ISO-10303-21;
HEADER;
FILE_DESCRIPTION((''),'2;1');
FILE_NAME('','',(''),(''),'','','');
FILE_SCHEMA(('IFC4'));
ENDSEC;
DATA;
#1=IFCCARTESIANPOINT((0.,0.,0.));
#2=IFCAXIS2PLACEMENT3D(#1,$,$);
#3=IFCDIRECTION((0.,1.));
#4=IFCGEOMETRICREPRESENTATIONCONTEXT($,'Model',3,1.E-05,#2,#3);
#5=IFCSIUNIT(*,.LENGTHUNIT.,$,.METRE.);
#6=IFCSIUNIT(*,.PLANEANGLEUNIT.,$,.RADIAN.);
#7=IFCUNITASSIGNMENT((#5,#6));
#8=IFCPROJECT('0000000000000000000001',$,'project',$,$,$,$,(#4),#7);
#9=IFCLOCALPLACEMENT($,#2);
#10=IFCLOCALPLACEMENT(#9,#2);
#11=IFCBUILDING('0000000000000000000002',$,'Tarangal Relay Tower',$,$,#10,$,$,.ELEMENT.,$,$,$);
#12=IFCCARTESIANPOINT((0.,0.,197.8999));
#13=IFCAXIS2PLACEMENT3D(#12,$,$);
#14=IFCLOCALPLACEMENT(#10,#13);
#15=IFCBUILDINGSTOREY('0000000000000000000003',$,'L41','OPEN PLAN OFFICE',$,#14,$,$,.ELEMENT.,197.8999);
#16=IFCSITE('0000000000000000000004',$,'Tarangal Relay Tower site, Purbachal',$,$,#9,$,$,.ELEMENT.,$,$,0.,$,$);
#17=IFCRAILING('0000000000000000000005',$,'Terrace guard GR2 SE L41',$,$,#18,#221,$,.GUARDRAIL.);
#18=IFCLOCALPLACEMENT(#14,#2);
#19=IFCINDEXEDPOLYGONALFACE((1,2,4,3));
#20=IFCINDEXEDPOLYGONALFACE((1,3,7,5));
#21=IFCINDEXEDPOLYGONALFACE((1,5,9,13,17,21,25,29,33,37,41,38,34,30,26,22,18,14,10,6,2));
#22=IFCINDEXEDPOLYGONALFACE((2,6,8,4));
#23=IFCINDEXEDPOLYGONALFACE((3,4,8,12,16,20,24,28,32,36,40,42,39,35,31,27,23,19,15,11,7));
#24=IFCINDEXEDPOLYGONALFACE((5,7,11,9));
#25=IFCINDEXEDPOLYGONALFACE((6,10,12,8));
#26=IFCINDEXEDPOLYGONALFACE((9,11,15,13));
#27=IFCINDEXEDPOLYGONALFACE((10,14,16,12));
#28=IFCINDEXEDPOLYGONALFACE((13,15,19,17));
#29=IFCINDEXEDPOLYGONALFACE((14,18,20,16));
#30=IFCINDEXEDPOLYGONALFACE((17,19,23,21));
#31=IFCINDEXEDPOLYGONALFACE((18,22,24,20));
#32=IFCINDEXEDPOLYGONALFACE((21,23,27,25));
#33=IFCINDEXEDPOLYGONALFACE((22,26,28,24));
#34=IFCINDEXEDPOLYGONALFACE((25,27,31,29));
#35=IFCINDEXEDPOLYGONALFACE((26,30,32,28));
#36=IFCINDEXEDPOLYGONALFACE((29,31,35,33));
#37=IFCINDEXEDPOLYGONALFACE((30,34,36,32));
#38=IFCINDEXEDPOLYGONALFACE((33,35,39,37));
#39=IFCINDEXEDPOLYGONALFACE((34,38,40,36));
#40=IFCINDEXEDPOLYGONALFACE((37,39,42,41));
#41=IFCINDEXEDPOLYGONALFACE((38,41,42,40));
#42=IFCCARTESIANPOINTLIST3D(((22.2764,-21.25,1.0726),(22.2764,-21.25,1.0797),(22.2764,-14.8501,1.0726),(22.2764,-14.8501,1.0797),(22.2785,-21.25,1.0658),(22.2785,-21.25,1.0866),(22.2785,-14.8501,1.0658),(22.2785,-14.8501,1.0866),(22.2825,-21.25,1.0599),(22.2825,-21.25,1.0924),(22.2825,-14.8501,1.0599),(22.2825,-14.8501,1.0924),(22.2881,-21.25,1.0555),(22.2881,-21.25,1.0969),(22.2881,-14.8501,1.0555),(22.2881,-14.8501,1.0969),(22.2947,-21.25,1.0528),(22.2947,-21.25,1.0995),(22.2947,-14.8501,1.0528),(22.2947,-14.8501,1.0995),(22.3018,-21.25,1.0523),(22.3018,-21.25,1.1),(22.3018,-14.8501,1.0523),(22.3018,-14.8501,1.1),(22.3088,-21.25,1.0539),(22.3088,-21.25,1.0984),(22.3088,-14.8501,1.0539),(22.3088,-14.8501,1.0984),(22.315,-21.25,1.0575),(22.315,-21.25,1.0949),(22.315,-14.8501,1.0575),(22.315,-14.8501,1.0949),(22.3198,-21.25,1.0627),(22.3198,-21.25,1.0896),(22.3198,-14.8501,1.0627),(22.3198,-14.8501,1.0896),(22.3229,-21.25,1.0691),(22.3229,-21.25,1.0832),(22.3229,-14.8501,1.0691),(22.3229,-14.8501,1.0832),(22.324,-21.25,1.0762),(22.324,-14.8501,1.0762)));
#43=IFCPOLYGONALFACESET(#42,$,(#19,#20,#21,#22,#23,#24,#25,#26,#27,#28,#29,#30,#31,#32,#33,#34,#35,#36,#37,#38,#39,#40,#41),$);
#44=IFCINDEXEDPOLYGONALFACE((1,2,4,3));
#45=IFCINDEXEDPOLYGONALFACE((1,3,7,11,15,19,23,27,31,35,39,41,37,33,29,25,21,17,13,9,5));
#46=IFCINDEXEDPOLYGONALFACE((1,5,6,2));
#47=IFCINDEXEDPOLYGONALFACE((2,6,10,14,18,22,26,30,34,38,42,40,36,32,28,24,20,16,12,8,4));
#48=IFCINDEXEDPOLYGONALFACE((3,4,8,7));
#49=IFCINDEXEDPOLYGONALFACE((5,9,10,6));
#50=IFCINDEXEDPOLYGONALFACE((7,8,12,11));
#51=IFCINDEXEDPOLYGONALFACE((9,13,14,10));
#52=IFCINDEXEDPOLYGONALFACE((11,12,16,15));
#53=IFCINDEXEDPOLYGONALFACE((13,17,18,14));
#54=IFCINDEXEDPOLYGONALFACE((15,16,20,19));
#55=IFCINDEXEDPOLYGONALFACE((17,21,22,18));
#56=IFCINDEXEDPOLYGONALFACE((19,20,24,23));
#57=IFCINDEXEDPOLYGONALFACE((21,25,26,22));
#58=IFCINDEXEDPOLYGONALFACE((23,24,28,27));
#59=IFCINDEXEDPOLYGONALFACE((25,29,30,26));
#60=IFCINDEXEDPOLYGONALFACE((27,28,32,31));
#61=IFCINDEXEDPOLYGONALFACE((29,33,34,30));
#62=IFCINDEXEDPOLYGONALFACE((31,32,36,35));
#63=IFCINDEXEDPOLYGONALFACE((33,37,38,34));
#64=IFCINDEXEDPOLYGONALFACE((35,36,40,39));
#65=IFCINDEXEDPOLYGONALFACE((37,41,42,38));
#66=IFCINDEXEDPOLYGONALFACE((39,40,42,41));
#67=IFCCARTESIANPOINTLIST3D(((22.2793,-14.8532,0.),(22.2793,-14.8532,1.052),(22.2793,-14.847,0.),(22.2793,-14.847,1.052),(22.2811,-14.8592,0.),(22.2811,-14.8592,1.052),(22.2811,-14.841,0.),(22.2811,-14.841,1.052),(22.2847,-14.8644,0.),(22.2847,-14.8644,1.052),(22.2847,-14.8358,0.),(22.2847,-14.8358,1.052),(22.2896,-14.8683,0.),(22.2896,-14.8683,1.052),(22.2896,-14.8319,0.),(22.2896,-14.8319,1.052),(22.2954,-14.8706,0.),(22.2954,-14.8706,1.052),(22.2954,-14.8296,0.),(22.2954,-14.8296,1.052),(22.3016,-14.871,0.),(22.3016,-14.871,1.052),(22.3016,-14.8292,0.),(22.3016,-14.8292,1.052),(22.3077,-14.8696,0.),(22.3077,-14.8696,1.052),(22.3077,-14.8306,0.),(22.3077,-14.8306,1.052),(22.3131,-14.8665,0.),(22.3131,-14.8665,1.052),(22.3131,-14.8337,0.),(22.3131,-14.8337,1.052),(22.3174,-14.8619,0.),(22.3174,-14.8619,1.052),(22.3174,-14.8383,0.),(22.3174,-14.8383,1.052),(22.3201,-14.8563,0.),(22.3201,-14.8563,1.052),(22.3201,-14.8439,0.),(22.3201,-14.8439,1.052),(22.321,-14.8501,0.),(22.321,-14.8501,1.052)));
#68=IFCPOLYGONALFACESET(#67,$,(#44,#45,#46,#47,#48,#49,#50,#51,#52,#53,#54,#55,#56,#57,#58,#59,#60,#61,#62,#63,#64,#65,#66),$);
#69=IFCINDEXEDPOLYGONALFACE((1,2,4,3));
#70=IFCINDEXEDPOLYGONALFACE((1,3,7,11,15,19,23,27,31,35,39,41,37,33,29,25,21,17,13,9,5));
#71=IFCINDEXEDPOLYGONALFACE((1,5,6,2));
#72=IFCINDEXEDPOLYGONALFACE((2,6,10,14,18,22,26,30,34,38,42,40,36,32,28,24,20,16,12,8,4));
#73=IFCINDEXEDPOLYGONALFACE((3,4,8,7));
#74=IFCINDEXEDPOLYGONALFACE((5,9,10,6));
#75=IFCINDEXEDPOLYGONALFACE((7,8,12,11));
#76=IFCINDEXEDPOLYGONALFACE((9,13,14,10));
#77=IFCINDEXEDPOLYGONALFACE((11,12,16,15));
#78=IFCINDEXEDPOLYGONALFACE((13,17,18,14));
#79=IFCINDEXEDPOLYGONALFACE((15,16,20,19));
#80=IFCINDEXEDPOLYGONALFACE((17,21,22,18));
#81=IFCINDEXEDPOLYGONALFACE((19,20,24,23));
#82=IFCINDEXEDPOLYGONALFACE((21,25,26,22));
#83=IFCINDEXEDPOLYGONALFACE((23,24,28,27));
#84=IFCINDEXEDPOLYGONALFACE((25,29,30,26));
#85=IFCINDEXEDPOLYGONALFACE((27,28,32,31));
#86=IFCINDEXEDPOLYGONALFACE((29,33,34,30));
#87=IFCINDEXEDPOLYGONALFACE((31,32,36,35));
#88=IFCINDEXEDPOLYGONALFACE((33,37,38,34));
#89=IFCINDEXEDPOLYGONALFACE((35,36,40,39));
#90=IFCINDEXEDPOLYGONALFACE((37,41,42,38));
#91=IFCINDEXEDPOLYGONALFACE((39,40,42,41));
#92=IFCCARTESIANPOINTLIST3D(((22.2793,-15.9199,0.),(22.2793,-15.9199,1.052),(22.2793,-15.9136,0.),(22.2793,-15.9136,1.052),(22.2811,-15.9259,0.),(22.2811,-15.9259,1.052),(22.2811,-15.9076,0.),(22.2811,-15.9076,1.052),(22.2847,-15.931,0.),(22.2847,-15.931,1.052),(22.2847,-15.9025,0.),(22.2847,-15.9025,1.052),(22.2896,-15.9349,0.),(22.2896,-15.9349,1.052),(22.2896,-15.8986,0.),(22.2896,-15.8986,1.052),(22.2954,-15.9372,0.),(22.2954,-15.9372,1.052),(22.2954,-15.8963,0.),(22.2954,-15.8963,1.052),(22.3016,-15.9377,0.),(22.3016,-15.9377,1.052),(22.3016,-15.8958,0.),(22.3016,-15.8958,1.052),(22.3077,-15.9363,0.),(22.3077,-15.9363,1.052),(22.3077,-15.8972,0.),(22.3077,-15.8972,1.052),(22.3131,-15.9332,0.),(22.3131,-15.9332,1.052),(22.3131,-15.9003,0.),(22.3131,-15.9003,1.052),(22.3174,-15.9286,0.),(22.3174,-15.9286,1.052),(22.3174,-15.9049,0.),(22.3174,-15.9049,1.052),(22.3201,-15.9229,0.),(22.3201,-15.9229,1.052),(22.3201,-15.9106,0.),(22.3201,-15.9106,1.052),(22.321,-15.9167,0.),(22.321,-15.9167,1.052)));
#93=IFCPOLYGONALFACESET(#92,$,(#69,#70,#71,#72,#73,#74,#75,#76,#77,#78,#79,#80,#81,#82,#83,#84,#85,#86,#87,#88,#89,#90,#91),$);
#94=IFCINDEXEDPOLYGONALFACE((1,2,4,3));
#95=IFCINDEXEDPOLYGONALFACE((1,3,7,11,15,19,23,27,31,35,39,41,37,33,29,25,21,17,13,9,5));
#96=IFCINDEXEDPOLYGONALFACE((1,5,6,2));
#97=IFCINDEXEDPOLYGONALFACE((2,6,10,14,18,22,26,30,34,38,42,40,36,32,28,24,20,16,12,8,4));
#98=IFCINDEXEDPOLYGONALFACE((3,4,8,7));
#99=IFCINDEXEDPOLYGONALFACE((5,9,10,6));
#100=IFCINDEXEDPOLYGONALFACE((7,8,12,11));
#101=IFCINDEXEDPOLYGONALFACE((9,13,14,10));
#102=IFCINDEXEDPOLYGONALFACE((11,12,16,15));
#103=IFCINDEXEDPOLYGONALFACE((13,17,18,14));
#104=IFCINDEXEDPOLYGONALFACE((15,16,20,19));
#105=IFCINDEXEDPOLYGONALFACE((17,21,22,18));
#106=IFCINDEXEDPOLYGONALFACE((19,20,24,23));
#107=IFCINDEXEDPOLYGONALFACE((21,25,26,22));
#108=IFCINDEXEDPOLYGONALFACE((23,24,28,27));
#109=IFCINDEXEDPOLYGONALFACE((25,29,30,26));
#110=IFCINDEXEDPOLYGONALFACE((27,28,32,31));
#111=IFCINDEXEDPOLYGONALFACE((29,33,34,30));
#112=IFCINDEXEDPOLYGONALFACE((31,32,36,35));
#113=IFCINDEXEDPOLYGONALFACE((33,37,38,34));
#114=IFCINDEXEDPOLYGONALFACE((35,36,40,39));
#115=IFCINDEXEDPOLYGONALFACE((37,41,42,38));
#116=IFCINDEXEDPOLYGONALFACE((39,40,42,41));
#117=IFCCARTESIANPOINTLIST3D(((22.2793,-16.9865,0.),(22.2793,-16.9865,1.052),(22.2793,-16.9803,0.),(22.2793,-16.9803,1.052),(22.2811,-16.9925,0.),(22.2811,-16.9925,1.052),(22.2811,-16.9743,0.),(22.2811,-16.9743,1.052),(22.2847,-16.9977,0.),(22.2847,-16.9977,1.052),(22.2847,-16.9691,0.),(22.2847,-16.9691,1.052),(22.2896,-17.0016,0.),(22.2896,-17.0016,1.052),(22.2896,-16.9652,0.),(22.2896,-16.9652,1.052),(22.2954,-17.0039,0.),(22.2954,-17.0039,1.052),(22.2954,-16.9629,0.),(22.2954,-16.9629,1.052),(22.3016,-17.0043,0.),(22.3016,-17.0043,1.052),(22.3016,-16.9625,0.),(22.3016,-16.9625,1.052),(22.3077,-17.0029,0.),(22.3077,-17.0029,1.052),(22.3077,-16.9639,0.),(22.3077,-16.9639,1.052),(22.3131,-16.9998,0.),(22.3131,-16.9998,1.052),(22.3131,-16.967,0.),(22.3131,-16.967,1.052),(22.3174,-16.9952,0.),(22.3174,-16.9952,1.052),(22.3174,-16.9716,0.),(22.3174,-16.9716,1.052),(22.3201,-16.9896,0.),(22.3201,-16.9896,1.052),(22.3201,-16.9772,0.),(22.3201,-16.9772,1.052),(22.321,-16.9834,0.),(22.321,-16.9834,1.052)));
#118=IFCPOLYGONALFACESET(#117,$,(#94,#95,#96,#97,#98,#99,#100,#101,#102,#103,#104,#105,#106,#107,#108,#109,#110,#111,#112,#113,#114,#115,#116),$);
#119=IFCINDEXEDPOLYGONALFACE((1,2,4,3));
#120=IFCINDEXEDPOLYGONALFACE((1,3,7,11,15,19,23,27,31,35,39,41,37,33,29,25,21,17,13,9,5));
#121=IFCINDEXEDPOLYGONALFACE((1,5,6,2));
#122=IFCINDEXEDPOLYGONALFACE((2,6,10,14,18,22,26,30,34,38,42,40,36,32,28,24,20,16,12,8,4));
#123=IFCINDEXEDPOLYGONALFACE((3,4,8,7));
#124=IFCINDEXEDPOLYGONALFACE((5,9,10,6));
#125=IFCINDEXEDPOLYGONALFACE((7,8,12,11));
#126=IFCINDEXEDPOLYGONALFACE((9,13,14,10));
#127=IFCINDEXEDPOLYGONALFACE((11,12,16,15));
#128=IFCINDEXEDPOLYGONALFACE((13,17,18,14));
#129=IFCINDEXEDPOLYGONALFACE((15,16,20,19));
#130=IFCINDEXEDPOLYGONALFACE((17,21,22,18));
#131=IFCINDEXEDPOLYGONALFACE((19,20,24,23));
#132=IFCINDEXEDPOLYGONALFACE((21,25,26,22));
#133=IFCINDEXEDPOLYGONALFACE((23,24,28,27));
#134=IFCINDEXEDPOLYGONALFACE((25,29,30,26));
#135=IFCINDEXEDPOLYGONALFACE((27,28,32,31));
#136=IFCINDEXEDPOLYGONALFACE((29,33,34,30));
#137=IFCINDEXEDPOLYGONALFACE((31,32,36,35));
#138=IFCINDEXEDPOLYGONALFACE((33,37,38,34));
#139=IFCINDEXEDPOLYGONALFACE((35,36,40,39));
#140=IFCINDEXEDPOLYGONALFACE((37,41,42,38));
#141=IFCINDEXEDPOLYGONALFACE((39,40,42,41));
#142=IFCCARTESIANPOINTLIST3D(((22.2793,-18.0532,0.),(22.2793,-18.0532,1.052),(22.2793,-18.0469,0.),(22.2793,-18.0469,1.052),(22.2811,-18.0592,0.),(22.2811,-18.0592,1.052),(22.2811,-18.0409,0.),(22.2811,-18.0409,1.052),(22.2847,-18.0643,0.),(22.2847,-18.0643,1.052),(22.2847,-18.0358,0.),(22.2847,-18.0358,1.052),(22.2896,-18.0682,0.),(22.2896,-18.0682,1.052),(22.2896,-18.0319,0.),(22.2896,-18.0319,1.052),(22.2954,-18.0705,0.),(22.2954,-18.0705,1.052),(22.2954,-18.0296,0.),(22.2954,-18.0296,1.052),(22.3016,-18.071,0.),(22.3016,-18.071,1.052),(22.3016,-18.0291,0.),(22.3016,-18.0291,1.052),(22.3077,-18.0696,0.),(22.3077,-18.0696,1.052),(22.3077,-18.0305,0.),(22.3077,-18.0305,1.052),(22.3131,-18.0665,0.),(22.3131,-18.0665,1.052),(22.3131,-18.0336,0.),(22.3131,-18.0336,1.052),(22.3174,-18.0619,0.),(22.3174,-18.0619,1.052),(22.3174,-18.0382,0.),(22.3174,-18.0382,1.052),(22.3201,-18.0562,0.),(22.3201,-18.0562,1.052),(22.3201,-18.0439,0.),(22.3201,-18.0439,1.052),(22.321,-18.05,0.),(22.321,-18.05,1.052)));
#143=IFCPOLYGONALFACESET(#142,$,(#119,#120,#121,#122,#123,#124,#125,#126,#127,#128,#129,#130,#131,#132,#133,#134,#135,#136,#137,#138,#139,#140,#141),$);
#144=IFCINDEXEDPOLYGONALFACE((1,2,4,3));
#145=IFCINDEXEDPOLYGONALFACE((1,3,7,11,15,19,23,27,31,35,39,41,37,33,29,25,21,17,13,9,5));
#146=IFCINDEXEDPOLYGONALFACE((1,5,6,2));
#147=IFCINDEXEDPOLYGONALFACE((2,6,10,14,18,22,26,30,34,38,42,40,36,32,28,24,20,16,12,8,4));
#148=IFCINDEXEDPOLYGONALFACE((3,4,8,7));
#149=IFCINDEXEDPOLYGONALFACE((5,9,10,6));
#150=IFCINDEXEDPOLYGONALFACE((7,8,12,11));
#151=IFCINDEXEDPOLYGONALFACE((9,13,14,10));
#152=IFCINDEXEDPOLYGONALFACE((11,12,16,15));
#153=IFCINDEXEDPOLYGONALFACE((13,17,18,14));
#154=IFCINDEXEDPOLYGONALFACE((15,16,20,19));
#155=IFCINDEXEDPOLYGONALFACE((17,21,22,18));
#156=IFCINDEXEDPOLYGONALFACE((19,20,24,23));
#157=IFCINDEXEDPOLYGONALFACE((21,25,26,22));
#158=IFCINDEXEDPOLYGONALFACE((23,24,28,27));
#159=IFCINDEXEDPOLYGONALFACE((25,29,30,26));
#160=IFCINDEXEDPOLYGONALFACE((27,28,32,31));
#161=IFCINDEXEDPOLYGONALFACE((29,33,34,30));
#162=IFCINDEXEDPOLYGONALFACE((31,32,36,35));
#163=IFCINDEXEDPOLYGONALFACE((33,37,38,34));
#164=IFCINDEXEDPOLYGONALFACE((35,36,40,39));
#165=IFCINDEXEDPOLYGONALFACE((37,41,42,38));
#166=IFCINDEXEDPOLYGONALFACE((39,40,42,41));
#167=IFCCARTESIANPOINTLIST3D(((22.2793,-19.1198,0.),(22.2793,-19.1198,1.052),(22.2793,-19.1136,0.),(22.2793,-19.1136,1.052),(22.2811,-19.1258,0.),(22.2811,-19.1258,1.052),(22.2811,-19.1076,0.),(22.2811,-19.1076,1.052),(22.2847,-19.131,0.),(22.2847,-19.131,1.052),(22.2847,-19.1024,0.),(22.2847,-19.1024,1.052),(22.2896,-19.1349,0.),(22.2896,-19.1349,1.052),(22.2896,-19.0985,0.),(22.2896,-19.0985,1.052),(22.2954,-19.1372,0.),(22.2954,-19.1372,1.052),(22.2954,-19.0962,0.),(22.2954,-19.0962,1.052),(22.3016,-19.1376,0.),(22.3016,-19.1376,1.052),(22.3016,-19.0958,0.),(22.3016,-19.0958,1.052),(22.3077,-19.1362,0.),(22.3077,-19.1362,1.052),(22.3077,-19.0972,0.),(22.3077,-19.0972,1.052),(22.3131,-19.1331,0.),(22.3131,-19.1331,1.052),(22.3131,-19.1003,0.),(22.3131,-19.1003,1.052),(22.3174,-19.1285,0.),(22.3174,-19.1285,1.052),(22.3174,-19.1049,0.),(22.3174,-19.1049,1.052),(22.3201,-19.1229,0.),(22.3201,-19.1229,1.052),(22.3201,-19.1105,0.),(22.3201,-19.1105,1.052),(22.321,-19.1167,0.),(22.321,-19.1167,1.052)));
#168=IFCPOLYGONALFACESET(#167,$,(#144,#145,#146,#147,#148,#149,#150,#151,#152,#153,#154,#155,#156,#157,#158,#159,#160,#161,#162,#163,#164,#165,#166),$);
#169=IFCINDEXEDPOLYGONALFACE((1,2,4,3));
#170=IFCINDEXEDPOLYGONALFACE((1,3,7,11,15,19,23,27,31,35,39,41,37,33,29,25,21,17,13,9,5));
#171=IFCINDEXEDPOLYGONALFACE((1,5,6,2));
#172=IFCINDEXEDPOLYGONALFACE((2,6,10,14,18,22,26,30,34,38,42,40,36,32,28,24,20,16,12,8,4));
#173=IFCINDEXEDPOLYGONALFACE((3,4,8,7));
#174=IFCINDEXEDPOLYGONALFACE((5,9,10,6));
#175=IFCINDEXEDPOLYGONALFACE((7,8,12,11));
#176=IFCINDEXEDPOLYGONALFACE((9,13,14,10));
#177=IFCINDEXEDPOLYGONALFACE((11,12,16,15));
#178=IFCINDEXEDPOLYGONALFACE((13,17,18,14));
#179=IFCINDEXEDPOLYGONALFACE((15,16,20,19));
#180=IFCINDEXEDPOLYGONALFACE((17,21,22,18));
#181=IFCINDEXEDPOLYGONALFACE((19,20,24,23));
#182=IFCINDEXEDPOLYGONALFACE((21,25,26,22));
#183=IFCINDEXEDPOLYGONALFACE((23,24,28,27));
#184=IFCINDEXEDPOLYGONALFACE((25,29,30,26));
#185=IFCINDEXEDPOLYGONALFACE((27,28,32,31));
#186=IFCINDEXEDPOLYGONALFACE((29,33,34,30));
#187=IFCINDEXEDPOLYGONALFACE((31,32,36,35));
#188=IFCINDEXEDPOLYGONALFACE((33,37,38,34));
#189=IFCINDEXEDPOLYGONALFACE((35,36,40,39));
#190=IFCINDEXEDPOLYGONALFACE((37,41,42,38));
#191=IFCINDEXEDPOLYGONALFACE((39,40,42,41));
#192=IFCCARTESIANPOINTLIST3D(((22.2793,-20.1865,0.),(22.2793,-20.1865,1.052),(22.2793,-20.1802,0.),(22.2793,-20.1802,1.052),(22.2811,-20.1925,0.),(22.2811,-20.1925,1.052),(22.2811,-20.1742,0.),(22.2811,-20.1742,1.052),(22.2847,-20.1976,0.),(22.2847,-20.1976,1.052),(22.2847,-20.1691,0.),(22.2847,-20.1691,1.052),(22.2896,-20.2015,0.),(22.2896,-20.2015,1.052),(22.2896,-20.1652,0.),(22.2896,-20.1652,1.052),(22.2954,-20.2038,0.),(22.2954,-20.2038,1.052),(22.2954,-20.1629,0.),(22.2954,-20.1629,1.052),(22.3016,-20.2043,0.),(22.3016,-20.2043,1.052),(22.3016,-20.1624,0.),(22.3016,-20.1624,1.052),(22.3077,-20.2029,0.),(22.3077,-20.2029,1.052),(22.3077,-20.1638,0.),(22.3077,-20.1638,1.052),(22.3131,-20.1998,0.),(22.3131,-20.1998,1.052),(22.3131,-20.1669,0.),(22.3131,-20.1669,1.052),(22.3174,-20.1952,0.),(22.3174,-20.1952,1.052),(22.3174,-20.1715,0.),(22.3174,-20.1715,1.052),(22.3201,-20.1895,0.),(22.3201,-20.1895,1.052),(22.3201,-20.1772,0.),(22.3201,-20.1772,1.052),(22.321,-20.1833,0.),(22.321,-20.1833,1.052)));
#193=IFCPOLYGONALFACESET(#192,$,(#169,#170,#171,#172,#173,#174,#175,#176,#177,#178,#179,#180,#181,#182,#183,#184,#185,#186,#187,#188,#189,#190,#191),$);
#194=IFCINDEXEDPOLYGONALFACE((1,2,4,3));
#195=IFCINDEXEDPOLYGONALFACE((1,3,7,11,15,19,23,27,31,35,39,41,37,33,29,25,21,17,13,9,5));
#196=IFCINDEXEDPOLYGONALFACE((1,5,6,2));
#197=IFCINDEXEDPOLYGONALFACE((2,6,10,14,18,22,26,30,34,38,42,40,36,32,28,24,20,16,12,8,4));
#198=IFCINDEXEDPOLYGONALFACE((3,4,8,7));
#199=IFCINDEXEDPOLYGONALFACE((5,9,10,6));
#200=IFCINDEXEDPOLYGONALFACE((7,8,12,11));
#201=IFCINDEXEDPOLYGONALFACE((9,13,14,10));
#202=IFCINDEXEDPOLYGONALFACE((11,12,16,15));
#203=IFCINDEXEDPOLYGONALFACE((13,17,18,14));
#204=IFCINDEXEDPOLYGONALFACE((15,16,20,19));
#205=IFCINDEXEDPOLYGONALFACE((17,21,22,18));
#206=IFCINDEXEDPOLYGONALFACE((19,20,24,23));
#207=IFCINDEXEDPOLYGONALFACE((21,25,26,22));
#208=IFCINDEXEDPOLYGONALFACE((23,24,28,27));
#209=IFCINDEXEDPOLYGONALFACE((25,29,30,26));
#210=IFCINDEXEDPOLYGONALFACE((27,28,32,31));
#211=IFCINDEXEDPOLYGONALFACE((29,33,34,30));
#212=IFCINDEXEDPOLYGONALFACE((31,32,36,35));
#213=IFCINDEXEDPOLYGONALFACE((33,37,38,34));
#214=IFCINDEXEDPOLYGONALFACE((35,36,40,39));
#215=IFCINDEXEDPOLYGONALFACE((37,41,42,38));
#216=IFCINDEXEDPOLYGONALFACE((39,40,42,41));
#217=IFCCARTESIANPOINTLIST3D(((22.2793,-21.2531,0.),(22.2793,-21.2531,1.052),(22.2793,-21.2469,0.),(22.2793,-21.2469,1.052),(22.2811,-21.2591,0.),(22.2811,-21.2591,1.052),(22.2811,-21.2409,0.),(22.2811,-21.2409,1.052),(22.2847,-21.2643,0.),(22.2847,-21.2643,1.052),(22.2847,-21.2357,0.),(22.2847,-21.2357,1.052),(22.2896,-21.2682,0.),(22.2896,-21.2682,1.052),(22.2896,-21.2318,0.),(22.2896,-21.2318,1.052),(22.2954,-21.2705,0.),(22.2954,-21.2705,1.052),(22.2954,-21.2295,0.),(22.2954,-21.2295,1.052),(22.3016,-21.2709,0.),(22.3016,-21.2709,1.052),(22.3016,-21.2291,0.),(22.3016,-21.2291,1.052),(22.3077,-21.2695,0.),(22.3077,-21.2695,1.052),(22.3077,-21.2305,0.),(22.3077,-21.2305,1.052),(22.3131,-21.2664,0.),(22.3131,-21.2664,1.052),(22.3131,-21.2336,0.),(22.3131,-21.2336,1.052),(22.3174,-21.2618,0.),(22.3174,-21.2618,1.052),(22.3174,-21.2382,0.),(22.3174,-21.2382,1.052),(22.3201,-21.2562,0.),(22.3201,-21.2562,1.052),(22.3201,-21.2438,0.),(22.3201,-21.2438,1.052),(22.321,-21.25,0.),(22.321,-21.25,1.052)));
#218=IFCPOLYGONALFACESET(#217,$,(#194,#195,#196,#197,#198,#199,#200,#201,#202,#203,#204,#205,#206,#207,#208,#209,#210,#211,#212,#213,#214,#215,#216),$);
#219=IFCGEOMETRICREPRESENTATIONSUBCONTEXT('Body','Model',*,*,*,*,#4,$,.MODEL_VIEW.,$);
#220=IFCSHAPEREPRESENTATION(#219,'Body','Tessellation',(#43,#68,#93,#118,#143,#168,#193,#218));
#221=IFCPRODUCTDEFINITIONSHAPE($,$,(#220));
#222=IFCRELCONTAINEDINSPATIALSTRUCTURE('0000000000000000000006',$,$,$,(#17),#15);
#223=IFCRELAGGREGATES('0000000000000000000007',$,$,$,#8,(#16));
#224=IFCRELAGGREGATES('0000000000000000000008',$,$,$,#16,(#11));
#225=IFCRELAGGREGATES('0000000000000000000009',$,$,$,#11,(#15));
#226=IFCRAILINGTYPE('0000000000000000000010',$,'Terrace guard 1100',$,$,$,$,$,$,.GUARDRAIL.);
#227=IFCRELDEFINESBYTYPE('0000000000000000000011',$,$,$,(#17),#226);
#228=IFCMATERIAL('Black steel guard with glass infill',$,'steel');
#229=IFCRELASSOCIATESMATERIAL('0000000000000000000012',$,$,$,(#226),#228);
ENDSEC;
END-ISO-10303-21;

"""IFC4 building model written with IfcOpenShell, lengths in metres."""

from ifc_helpers import new_model, si_unit, direction, frame, origin, origin_2d, place, context, subcontext, project, spatial, circle, extrude, material, type_object, element, save


model = new_model("IFC4")

# Units and contexts
model_context = context("Model", 3, precision=1e-05, world=origin(), true_north=direction((0.0, 1.0)))
body_context = subcontext(model_context, "Body", "Model", "MODEL_VIEW")
ifc_project = project(units=[si_unit("LENGTHUNIT", "METRE"), si_unit("PLANEANGLEUNIT", "RADIAN")], contexts=[model_context])

# Site, building, storey
site_placement = place(None, origin())
site = spatial("IfcSite", under=ifc_project, at=site_placement, Name="Tarangal Relay Tower site, Purbachal", CompositionType="ELEMENT", RefElevation=0.0)
building_placement = place(site_placement, origin())
building = spatial("IfcBuilding", under=site, at=building_placement, Name="Tarangal Relay Tower", CompositionType="ELEMENT")
storey_placement = place(building_placement, frame((0.0, 0.0, 197.8999)))
storey = spatial("IfcBuildingStorey", under=building, at=storey_placement, Name="L41", Description="OPEN PLAN OFFICE", CompositionType="ELEMENT", Elevation=197.8999)

# Railing
ifc_material_1 = material(Name="Black steel guard with glass infill", Category="steel")
railing_type = type_object("IfcRailingType", Name="Terrace guard 1100", PredefinedType="GUARDRAIL", material=ifc_material_1)
railing_1_placement = place(storey_placement, frame((22.3, -14.8501, 0.0)))
element("IfcRailing", 1, at=railing_1_placement, inside=storey, type_object=railing_type, Name="Terrace guard GR2 SE L41", PredefinedType="GUARDRAIL", context=body_context, shape_type="SweptSolid", body=[
    extrude(circle(Radius=0.0239, at=origin_2d()), frame((0.0, 0.0, 1.0762), z_axis=(0.0, -1.0, 0.0), x_axis=(1.0, 0.0, 0.0)), (0.0, 0.0, 1.0), 6.3999),
    extrude(circle(Radius=0.021, at=origin_2d()), origin(), (0.0, 0.0, 1.0), 1.052),
    extrude(circle(Radius=0.021, at=origin_2d()), frame((0.0, -1.0667, 0.0)), (0.0, 0.0, 1.0), 1.052),
    extrude(circle(Radius=0.021, at=origin_2d()), frame((0.0, -2.1333, 0.0)), (0.0, 0.0, 1.0), 1.052),
    extrude(circle(Radius=0.021, at=origin_2d()), frame((0.0, -3.2, 0.0)), (0.0, 0.0, 1.0), 1.052),
    extrude(circle(Radius=0.021, at=origin_2d()), frame((0.0, -4.2666, 0.0)), (0.0, 0.0, 1.0), 1.052),
    extrude(circle(Radius=0.021, at=origin_2d()), frame((0.0, -5.3333, 0.0)), (0.0, 0.0, 1.0), 1.052),
    extrude(circle(Radius=0.021, at=origin_2d()), frame((0.0, -6.3999, 0.0)), (0.0, 0.0, 1.0), 1.052),
])

save(model, "model.ifc")
